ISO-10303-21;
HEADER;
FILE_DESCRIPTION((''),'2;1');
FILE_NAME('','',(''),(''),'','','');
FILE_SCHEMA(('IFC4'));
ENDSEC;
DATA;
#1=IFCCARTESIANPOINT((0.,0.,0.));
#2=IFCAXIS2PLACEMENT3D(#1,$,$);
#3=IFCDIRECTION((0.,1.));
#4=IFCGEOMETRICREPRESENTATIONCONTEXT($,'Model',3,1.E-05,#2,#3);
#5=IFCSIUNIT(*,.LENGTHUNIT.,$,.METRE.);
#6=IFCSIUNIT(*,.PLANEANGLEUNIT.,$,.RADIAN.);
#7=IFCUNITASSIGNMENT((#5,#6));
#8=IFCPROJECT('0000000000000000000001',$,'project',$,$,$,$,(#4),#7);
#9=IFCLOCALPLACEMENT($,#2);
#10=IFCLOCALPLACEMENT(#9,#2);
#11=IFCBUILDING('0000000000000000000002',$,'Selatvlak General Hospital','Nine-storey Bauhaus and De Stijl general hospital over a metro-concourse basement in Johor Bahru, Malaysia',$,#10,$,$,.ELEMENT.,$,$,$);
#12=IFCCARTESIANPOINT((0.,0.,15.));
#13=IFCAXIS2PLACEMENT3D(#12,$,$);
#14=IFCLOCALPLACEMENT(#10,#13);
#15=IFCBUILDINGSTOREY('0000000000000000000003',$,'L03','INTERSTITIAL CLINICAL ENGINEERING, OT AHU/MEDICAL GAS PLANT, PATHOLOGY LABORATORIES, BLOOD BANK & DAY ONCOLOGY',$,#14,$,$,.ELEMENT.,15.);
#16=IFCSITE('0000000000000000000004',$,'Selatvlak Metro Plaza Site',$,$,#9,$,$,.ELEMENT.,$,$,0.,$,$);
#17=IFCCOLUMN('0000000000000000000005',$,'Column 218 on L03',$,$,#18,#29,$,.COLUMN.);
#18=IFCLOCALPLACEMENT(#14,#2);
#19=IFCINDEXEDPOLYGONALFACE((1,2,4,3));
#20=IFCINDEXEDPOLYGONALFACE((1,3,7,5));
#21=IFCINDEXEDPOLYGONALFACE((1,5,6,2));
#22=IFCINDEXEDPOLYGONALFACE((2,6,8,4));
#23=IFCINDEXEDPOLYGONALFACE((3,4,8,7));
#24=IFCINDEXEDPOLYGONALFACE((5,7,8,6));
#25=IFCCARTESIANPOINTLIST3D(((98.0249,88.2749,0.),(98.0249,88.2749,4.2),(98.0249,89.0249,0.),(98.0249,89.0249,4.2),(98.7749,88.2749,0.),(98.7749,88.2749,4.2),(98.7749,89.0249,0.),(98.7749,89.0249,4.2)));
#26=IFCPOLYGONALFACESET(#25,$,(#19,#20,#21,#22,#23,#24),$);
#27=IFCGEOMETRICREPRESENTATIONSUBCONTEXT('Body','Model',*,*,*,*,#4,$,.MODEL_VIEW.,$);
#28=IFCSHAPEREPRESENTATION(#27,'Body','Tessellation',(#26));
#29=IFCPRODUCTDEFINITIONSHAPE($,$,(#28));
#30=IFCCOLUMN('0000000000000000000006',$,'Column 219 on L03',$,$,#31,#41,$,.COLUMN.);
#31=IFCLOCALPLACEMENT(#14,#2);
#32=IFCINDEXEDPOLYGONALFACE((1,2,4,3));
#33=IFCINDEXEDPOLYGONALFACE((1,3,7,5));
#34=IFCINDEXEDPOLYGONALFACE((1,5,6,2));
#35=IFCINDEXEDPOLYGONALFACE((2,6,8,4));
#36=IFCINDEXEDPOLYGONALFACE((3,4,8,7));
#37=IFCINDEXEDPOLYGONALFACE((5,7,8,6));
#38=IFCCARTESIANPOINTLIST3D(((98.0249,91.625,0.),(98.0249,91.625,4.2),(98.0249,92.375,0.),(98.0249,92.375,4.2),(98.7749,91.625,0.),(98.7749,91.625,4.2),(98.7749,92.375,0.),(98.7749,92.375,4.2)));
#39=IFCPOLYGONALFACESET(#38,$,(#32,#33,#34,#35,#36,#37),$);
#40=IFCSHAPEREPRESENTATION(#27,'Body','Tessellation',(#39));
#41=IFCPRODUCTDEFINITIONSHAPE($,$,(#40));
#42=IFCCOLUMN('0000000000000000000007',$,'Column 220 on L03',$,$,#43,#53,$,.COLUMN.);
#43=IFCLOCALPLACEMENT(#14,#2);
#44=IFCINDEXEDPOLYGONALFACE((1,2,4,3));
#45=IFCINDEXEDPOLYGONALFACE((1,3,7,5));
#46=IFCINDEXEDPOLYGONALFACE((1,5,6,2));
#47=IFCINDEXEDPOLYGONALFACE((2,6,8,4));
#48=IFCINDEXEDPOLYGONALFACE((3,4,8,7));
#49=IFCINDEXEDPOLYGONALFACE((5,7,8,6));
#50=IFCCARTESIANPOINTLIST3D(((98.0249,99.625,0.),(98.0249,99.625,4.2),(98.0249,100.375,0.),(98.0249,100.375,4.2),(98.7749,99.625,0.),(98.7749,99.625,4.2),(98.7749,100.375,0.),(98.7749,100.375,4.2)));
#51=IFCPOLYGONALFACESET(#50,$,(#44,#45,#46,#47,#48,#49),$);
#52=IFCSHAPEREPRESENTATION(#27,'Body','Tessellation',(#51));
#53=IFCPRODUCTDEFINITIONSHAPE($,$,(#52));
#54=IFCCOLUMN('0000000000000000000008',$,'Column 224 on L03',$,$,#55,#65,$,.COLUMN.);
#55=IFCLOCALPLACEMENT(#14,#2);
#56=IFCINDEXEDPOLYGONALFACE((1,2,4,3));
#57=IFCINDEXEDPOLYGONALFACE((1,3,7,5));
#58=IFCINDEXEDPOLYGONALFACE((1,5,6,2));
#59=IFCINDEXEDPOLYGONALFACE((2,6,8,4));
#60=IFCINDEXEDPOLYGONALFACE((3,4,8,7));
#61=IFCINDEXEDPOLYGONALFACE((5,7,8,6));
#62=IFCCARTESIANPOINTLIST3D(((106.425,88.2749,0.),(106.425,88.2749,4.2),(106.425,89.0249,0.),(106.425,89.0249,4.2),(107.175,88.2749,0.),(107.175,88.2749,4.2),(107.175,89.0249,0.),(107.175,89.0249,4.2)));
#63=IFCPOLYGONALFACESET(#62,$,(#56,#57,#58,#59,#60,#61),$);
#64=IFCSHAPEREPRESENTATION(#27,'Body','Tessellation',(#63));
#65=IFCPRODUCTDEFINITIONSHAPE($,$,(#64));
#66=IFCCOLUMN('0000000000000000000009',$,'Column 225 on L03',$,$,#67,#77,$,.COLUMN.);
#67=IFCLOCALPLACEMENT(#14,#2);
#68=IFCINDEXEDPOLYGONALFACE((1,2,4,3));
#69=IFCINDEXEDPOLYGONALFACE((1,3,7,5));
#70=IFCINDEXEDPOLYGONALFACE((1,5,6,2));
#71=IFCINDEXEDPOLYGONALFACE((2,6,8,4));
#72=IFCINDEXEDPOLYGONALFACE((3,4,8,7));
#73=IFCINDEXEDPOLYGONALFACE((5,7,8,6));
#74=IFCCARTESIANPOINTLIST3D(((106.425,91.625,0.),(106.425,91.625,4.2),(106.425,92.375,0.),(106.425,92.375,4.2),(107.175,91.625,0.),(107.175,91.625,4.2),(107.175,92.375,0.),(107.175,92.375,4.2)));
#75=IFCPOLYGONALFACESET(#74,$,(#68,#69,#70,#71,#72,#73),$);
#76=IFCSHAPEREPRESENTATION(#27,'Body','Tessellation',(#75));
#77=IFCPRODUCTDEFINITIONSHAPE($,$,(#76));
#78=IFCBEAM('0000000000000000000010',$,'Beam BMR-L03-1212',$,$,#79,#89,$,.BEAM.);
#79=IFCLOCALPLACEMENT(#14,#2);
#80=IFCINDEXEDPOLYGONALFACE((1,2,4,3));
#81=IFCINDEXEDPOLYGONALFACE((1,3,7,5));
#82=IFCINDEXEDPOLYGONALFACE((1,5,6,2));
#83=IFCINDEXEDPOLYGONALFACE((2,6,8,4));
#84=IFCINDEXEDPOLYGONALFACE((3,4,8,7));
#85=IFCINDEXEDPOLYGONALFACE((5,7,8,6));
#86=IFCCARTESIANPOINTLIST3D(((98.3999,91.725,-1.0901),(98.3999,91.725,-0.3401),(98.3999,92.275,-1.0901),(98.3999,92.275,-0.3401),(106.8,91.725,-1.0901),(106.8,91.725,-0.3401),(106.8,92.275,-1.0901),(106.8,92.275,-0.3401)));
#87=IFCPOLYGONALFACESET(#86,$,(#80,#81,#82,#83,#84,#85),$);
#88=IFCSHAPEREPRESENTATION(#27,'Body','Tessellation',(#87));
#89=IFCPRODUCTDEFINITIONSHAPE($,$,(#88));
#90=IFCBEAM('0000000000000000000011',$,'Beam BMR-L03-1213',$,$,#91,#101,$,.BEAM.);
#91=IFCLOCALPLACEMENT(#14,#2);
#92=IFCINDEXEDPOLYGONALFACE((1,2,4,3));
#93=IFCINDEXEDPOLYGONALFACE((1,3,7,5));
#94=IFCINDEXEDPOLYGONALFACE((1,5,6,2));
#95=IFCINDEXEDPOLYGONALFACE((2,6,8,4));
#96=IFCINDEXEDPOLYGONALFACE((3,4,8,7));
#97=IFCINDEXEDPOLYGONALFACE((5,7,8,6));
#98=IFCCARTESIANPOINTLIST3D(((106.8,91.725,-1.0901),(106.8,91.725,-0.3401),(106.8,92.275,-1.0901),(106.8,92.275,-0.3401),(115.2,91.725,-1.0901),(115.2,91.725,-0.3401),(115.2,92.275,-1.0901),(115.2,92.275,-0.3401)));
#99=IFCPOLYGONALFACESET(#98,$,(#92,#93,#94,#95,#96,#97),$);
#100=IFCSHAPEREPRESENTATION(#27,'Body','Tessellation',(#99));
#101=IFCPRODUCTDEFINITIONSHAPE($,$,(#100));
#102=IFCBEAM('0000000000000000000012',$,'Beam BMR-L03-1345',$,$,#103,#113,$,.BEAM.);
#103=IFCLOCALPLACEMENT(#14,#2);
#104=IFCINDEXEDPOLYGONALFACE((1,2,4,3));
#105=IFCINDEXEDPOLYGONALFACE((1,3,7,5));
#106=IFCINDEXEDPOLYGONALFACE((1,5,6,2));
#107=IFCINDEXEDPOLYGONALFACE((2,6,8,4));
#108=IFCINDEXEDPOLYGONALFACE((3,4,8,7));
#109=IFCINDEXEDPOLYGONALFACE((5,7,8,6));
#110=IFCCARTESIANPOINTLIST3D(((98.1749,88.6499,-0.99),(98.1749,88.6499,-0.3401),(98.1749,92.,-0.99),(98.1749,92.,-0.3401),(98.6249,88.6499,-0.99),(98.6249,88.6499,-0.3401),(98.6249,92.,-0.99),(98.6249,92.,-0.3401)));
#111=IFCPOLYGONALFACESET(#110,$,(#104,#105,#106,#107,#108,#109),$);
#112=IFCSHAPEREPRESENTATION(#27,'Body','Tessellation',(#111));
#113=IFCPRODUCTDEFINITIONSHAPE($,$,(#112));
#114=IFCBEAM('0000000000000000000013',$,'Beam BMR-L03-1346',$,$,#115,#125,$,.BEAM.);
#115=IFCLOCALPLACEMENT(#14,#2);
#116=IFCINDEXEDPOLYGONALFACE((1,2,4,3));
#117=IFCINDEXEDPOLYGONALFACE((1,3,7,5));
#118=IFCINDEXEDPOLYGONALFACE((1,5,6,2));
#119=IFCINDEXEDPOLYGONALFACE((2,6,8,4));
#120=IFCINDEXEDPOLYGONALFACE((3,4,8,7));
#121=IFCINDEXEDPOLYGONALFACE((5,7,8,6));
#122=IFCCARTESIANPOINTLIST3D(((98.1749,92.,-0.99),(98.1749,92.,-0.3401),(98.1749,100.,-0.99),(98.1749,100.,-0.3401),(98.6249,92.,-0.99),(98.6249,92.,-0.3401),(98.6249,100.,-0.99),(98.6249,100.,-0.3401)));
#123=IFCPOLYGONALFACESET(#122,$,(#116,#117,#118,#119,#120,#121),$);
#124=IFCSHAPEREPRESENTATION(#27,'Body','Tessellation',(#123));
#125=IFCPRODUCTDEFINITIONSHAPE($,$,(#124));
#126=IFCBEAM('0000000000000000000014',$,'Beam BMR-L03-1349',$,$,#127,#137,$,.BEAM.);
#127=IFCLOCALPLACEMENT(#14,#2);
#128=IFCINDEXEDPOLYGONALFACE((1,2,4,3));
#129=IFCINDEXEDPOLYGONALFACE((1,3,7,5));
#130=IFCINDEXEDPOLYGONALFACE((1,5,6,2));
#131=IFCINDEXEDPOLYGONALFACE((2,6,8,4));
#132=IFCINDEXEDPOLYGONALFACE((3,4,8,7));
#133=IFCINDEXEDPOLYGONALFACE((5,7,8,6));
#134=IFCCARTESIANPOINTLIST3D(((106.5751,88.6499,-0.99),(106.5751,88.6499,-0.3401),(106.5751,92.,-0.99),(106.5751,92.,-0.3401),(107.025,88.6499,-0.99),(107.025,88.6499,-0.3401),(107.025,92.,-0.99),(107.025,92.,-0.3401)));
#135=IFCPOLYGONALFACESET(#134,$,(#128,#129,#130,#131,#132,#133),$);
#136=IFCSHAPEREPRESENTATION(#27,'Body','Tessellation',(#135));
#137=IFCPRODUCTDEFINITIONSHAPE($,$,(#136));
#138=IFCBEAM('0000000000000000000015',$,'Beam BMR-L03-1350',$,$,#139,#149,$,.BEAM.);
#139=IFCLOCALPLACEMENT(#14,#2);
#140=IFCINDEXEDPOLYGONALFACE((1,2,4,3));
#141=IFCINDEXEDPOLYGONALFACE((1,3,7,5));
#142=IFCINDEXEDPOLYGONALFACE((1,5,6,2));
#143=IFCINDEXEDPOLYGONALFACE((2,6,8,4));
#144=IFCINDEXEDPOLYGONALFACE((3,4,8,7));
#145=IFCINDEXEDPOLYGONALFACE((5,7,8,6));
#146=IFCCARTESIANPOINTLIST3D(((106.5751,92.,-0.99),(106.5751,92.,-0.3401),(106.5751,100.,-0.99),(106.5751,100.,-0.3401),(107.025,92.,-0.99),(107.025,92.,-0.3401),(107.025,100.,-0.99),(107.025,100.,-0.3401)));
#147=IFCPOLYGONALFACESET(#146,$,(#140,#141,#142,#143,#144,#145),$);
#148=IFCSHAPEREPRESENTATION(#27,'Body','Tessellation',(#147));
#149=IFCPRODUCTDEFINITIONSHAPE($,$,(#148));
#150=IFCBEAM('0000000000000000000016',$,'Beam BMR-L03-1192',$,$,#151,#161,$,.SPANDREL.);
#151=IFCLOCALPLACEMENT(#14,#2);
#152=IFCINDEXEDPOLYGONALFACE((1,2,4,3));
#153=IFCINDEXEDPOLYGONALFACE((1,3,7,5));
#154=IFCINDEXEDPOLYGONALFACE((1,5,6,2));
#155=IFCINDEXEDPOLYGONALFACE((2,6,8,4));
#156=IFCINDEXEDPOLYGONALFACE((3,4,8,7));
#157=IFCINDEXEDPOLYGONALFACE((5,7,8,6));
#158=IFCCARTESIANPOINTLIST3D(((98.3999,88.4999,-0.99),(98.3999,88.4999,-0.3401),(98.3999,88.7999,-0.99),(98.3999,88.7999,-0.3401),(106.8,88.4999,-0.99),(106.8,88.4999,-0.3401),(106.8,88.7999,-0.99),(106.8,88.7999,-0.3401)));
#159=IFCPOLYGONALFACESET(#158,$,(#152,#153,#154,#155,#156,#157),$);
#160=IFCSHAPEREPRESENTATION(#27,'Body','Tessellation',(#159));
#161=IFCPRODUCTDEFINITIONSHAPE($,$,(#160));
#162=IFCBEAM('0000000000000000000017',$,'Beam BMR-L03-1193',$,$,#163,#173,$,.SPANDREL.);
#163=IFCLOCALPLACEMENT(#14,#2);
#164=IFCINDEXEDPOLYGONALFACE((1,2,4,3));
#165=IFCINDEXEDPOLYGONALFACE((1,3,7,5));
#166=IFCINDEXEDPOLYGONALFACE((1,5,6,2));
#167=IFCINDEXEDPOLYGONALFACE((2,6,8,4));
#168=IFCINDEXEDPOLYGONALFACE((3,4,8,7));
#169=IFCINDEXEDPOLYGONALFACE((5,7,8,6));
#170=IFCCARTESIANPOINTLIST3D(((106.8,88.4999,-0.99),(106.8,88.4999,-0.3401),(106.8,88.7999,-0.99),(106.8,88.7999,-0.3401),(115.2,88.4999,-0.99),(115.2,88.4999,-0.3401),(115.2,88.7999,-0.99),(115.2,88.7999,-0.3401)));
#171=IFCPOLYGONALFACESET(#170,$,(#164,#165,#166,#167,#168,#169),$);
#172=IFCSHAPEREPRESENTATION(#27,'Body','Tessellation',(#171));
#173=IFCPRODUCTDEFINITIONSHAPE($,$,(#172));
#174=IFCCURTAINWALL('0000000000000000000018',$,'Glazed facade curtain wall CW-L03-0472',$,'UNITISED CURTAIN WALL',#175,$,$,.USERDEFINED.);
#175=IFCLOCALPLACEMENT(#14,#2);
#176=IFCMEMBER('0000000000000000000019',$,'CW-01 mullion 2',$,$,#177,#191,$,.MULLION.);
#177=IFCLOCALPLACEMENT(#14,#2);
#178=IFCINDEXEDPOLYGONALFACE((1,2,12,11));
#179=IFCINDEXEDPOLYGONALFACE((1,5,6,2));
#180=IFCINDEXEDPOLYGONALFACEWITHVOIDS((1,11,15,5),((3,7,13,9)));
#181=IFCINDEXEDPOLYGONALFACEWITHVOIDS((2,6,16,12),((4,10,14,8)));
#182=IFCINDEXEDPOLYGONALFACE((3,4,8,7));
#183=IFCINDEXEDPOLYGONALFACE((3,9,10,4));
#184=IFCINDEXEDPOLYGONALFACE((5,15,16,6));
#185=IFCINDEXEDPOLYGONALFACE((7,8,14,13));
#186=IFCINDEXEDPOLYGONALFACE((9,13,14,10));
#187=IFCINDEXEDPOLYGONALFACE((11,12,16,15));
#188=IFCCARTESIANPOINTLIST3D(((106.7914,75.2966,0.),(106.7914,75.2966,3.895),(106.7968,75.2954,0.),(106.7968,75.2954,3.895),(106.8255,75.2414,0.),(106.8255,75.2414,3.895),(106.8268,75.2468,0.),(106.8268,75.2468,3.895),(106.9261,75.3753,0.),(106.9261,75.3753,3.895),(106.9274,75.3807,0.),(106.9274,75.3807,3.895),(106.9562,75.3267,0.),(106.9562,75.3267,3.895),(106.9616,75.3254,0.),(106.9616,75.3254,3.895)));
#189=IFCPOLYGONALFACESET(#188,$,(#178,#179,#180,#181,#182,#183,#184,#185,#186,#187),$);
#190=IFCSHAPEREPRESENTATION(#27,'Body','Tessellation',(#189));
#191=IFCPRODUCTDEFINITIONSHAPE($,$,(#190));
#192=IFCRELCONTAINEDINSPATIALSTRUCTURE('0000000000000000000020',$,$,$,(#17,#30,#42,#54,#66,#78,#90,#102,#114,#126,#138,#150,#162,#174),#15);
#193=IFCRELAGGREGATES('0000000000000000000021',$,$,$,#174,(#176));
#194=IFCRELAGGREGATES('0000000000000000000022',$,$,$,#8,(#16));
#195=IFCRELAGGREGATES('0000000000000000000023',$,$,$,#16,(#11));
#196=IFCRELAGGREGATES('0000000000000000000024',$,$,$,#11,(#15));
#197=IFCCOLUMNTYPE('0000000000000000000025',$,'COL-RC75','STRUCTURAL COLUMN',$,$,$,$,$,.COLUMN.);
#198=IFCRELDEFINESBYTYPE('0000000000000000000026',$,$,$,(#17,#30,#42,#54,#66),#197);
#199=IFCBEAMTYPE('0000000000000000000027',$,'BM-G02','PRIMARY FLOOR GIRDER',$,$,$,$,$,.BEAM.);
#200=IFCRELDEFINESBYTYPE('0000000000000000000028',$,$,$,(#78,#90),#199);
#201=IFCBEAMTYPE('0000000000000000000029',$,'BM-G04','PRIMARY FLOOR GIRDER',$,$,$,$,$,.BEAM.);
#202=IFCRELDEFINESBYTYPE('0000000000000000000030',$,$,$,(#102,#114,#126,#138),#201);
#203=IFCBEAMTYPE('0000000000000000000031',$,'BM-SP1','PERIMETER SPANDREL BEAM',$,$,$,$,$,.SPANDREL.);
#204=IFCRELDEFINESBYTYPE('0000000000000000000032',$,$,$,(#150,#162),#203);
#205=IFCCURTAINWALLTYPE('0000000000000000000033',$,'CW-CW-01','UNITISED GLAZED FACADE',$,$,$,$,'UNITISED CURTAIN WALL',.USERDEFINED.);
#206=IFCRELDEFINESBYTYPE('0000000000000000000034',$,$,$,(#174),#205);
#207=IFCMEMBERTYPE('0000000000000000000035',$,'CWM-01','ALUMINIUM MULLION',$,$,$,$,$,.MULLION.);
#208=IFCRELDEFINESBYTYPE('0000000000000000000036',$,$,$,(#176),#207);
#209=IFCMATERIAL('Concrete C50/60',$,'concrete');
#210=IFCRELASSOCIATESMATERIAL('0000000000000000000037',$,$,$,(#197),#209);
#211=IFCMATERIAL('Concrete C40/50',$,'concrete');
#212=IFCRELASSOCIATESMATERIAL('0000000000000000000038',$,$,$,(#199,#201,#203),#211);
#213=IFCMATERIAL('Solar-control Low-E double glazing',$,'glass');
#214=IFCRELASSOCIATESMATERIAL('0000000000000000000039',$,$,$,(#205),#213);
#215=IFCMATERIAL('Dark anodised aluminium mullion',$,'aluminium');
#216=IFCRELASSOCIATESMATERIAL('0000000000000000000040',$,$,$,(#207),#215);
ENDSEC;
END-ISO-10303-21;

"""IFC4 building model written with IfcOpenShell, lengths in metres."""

from ifc_helpers import new_model, si_unit, direction, frame, origin, origin_2d, place, context, subcontext, project, spatial, rectangle, hollow_rectangle, extrude, material, material_profile, profile_set, type_object, element, aggregate, save


model = new_model("IFC4")

# Units and contexts
model_context = context("Model", 3, precision=1e-05, world=origin(), true_north=direction((0.0, 1.0)))
body_context = subcontext(model_context, "Body", "Model", "MODEL_VIEW")
ifc_project = project(units=[si_unit("LENGTHUNIT", "METRE"), si_unit("PLANEANGLEUNIT", "RADIAN")], contexts=[model_context])

# Site, building, storey
site_placement = place(None, origin())
site = spatial("IfcSite", under=ifc_project, at=site_placement, Name="Selatvlak Metro Plaza Site", CompositionType="ELEMENT", RefElevation=0.0)
building_placement = place(site_placement, origin())
building = spatial("IfcBuilding", under=site, at=building_placement, Name="Selatvlak General Hospital", Description="Nine-storey Bauhaus and De Stijl general hospital over a metro-concourse basement in Johor Bahru, Malaysia", CompositionType="ELEMENT")
storey_placement = place(building_placement, frame((0.0, 0.0, 15.0)))
storey = spatial("IfcBuildingStorey", under=building, at=storey_placement, Name="L03", Description="INTERSTITIAL CLINICAL ENGINEERING, OT AHU/MEDICAL GAS PLANT, PATHOLOGY LABORATORIES, BLOOD BANK & DAY ONCOLOGY", CompositionType="ELEMENT", Elevation=15.0)

# Columns
ifc_material_1 = material(Name="Concrete C50/60", Category="concrete")
ifc_material_profile_1 = material_profile(ifc_material_1, rectangle(XDim=0.75, YDim=0.75, at=origin_2d()), Name="RC-COL 750x750")
ifc_profile_set_1 = profile_set([ifc_material_profile_1], Name="Concrete C50/60")
column_type = type_object("IfcColumnType", Name="COL-RC75", Description="STRUCTURAL COLUMN", PredefinedType="COLUMN", material=ifc_profile_set_1)
for number, where, z_axis, x_axis, name in (
    (1, (98.3999, 88.6499, 0.0), (0.0, 0.0, 1.0), (1.0, 0.0, 0.0), "Column 218 on L03"),
    (2, (98.3999, 92.0, 0.0), (0.0, 0.0, 1.0), (1.0, 0.0, 0.0), "Column 219 on L03"),
    (3, (98.3999, 100.0, 0.0), (0.0, 0.0, 1.0), (1.0, 0.0, 0.0), "Column 220 on L03"),
    (4, (106.8, 88.6499, 0.0), (0.0, 0.0, 1.0), (1.0, 0.0, 0.0), "Column 224 on L03"),
    (5, (106.8, 92.0, 0.0), (0.0, 0.0, 1.0), (1.0, 0.0, 0.0), "Column 225 on L03"),
):
    element("IfcColumn", number, at=place(storey_placement, frame(where, z_axis=z_axis, x_axis=x_axis)), inside=storey, type_object=column_type, Name=name, PredefinedType="COLUMN", context=body_context, shape_type="SweptSolid", body=[
        extrude(rectangle(XDim=0.75, YDim=0.75, at=origin_2d()), origin(), (0.0, 0.0, 1.0), 4.2),
    ])

# Beams
ifc_material_2 = material(Name="Concrete C40/50", Category="concrete")
ifc_material_profile_2 = material_profile(ifc_material_2, rectangle(XDim=0.55, YDim=0.75, at=origin_2d()), Name="RC-BM 550x750")
ifc_profile_set_2 = profile_set([ifc_material_profile_2], Name="Concrete C40/50")
beam_type_1 = type_object("IfcBeamType", Name="BM-G02", Description="PRIMARY FLOOR GIRDER", PredefinedType="BEAM", material=ifc_profile_set_2)
beam_1_placement = place(storey_placement, frame((98.3999, 92.0, -0.7151), z_axis=(1.0, 0.0, 0.0), x_axis=(0.0, 1.0, 0.0)))
element("IfcBeam", 6, at=beam_1_placement, inside=storey, type_object=beam_type_1, Name="Beam BMR-L03-1212", PredefinedType="BEAM", context=body_context, shape_type="SweptSolid", body=[
    extrude(rectangle(XDim=0.55, YDim=0.75, at=origin_2d()), origin(), (0.0, 0.0, 1.0), 8.4001),
])
beam_2_placement = place(storey_placement, frame((106.8, 92.0, -0.7151), z_axis=(1.0, 0.0, 0.0), x_axis=(0.0, 1.0, 0.0)))
element("IfcBeam", 7, at=beam_2_placement, inside=storey, type_object=beam_type_1, Name="Beam BMR-L03-1213", PredefinedType="BEAM", context=body_context, shape_type="SweptSolid", body=[
    extrude(rectangle(XDim=0.55, YDim=0.75, at=origin_2d()), origin(), (0.0, 0.0, 1.0), 8.3999),
])
ifc_material_profile_3 = material_profile(ifc_material_2, rectangle(XDim=0.45, YDim=0.6499, at=origin_2d()), Name="RC-BM 450x650")
ifc_profile_set_3 = profile_set([ifc_material_profile_3], Name="Concrete C40/50")
beam_type_2 = type_object("IfcBeamType", Name="BM-G04", Description="PRIMARY FLOOR GIRDER", PredefinedType="BEAM", material=ifc_profile_set_3)
beam_3_placement = place(storey_placement, frame((98.3999, 88.6499, -0.665), z_axis=(0.0, 1.0, 0.0), x_axis=(-1.0, 0.0, 0.0)))
element("IfcBeam", 8, at=beam_3_placement, inside=storey, type_object=beam_type_2, Name="Beam BMR-L03-1345", PredefinedType="BEAM", context=body_context, shape_type="SweptSolid", body=[
    extrude(rectangle(XDim=0.45, YDim=0.6499, at=origin_2d()), origin(), (0.0, 0.0, 1.0), 3.3501),
])
beam_4_placement = place(storey_placement, frame((98.3999, 92.0, -0.665), z_axis=(0.0, 1.0, 0.0), x_axis=(-1.0, 0.0, 0.0)))
element("IfcBeam", 9, at=beam_4_placement, inside=storey, type_object=beam_type_2, Name="Beam BMR-L03-1346", PredefinedType="BEAM", context=body_context, shape_type="SweptSolid", body=[
    extrude(rectangle(XDim=0.45, YDim=0.6499, at=origin_2d()), origin(), (0.0, 0.0, 1.0), 8.0),
])
beam_5_placement = place(storey_placement, frame((106.8, 88.6499, -0.665), z_axis=(0.0, 1.0, 0.0), x_axis=(-1.0, 0.0, 0.0)))
element("IfcBeam", 10, at=beam_5_placement, inside=storey, type_object=beam_type_2, Name="Beam BMR-L03-1349", PredefinedType="BEAM", context=body_context, shape_type="SweptSolid", body=[
    extrude(rectangle(XDim=0.45, YDim=0.6499, at=origin_2d()), origin(), (0.0, 0.0, 1.0), 3.3501),
])
beam_6_placement = place(storey_placement, frame((106.8, 92.0, -0.665), z_axis=(0.0, 1.0, 0.0), x_axis=(-1.0, 0.0, 0.0)))
element("IfcBeam", 11, at=beam_6_placement, inside=storey, type_object=beam_type_2, Name="Beam BMR-L03-1350", PredefinedType="BEAM", context=body_context, shape_type="SweptSolid", body=[
    extrude(rectangle(XDim=0.45, YDim=0.6499, at=origin_2d()), origin(), (0.0, 0.0, 1.0), 8.0),
])
ifc_material_profile_4 = material_profile(ifc_material_2, rectangle(XDim=0.3, YDim=0.6499, at=origin_2d()), Name="RC-SP 300x650")
ifc_profile_set_4 = profile_set([ifc_material_profile_4], Name="Concrete C40/50")
beam_type_3 = type_object("IfcBeamType", Name="BM-SP1", Description="PERIMETER SPANDREL BEAM", PredefinedType="SPANDREL", material=ifc_profile_set_4)
beam_7_placement = place(storey_placement, frame((98.3999, 88.6499, -0.665), z_axis=(1.0, 0.0, 0.0), x_axis=(0.0, 1.0, 0.0)))
element("IfcBeam", 12, at=beam_7_placement, inside=storey, type_object=beam_type_3, Name="Beam BMR-L03-1192", PredefinedType="SPANDREL", context=body_context, shape_type="SweptSolid", body=[
    extrude(rectangle(XDim=0.3, YDim=0.6499, at=origin_2d()), origin(), (0.0, 0.0, 1.0), 8.4001),
])
beam_8_placement = place(storey_placement, frame((106.8, 88.6499, -0.665), z_axis=(1.0, 0.0, 0.0), x_axis=(0.0, 1.0, 0.0)))
element("IfcBeam", 13, at=beam_8_placement, inside=storey, type_object=beam_type_3, Name="Beam BMR-L03-1193", PredefinedType="SPANDREL", context=body_context, shape_type="SweptSolid", body=[
    extrude(rectangle(XDim=0.3, YDim=0.6499, at=origin_2d()), origin(), (0.0, 0.0, 1.0), 8.3999),
])

# Curtain wall, member
ifc_material_3 = material(Name="Solar-control Low-E double glazing", Category="glass")
curtain_wall_type = type_object("IfcCurtainWallType", Name="CW-CW-01", Description="UNITISED GLAZED FACADE", ElementType="UNITISED CURTAIN WALL", PredefinedType="USERDEFINED", material=ifc_material_3)
curtain_wall_1_placement = place(storey_placement, origin())
curtain_wall_1 = element("IfcCurtainWall", 14, at=curtain_wall_1_placement, inside=storey, type_object=curtain_wall_type, Name="Glazed facade curtain wall CW-L03-0472", ObjectType="UNITISED CURTAIN WALL", PredefinedType="USERDEFINED")
ifc_material_4 = material(Name="Dark anodised aluminium mullion", Category="aluminium")
ifc_material_profile_5 = material_profile(ifc_material_4, hollow_rectangle(XDim=0.0649, YDim=0.1599, WallThickness=0.0039, at=origin_2d()), Name="AL-MUL 65x160x4")
ifc_profile_set_5 = profile_set([ifc_material_profile_5], Name="Dark anodised aluminium mullion")
member_type_1 = type_object("IfcMemberType", Name="CWM-01", Description="ALUMINIUM MULLION", PredefinedType="MULLION", material=ifc_profile_set_5)
member_1_placement = place(storey_placement, frame((106.8765, 75.311, 0.0), z_axis=(0.0, 0.0, 1.0), x_axis=(-0.525611, 0.850725, 0.0)))
member_1 = element("IfcMember", 15, at=member_1_placement, type_object=member_type_1, Name="CW-01 mullion 2", PredefinedType="MULLION", context=body_context, shape_type="SweptSolid", body=[
    extrude(hollow_rectangle(XDim=0.0649, YDim=0.1599, WallThickness=0.0039, at=origin_2d()), origin(), (0.0, 0.0, 1.0), 3.895),
])
aggregate(curtain_wall_1, [member_1])

save(model, "model.ifc")
